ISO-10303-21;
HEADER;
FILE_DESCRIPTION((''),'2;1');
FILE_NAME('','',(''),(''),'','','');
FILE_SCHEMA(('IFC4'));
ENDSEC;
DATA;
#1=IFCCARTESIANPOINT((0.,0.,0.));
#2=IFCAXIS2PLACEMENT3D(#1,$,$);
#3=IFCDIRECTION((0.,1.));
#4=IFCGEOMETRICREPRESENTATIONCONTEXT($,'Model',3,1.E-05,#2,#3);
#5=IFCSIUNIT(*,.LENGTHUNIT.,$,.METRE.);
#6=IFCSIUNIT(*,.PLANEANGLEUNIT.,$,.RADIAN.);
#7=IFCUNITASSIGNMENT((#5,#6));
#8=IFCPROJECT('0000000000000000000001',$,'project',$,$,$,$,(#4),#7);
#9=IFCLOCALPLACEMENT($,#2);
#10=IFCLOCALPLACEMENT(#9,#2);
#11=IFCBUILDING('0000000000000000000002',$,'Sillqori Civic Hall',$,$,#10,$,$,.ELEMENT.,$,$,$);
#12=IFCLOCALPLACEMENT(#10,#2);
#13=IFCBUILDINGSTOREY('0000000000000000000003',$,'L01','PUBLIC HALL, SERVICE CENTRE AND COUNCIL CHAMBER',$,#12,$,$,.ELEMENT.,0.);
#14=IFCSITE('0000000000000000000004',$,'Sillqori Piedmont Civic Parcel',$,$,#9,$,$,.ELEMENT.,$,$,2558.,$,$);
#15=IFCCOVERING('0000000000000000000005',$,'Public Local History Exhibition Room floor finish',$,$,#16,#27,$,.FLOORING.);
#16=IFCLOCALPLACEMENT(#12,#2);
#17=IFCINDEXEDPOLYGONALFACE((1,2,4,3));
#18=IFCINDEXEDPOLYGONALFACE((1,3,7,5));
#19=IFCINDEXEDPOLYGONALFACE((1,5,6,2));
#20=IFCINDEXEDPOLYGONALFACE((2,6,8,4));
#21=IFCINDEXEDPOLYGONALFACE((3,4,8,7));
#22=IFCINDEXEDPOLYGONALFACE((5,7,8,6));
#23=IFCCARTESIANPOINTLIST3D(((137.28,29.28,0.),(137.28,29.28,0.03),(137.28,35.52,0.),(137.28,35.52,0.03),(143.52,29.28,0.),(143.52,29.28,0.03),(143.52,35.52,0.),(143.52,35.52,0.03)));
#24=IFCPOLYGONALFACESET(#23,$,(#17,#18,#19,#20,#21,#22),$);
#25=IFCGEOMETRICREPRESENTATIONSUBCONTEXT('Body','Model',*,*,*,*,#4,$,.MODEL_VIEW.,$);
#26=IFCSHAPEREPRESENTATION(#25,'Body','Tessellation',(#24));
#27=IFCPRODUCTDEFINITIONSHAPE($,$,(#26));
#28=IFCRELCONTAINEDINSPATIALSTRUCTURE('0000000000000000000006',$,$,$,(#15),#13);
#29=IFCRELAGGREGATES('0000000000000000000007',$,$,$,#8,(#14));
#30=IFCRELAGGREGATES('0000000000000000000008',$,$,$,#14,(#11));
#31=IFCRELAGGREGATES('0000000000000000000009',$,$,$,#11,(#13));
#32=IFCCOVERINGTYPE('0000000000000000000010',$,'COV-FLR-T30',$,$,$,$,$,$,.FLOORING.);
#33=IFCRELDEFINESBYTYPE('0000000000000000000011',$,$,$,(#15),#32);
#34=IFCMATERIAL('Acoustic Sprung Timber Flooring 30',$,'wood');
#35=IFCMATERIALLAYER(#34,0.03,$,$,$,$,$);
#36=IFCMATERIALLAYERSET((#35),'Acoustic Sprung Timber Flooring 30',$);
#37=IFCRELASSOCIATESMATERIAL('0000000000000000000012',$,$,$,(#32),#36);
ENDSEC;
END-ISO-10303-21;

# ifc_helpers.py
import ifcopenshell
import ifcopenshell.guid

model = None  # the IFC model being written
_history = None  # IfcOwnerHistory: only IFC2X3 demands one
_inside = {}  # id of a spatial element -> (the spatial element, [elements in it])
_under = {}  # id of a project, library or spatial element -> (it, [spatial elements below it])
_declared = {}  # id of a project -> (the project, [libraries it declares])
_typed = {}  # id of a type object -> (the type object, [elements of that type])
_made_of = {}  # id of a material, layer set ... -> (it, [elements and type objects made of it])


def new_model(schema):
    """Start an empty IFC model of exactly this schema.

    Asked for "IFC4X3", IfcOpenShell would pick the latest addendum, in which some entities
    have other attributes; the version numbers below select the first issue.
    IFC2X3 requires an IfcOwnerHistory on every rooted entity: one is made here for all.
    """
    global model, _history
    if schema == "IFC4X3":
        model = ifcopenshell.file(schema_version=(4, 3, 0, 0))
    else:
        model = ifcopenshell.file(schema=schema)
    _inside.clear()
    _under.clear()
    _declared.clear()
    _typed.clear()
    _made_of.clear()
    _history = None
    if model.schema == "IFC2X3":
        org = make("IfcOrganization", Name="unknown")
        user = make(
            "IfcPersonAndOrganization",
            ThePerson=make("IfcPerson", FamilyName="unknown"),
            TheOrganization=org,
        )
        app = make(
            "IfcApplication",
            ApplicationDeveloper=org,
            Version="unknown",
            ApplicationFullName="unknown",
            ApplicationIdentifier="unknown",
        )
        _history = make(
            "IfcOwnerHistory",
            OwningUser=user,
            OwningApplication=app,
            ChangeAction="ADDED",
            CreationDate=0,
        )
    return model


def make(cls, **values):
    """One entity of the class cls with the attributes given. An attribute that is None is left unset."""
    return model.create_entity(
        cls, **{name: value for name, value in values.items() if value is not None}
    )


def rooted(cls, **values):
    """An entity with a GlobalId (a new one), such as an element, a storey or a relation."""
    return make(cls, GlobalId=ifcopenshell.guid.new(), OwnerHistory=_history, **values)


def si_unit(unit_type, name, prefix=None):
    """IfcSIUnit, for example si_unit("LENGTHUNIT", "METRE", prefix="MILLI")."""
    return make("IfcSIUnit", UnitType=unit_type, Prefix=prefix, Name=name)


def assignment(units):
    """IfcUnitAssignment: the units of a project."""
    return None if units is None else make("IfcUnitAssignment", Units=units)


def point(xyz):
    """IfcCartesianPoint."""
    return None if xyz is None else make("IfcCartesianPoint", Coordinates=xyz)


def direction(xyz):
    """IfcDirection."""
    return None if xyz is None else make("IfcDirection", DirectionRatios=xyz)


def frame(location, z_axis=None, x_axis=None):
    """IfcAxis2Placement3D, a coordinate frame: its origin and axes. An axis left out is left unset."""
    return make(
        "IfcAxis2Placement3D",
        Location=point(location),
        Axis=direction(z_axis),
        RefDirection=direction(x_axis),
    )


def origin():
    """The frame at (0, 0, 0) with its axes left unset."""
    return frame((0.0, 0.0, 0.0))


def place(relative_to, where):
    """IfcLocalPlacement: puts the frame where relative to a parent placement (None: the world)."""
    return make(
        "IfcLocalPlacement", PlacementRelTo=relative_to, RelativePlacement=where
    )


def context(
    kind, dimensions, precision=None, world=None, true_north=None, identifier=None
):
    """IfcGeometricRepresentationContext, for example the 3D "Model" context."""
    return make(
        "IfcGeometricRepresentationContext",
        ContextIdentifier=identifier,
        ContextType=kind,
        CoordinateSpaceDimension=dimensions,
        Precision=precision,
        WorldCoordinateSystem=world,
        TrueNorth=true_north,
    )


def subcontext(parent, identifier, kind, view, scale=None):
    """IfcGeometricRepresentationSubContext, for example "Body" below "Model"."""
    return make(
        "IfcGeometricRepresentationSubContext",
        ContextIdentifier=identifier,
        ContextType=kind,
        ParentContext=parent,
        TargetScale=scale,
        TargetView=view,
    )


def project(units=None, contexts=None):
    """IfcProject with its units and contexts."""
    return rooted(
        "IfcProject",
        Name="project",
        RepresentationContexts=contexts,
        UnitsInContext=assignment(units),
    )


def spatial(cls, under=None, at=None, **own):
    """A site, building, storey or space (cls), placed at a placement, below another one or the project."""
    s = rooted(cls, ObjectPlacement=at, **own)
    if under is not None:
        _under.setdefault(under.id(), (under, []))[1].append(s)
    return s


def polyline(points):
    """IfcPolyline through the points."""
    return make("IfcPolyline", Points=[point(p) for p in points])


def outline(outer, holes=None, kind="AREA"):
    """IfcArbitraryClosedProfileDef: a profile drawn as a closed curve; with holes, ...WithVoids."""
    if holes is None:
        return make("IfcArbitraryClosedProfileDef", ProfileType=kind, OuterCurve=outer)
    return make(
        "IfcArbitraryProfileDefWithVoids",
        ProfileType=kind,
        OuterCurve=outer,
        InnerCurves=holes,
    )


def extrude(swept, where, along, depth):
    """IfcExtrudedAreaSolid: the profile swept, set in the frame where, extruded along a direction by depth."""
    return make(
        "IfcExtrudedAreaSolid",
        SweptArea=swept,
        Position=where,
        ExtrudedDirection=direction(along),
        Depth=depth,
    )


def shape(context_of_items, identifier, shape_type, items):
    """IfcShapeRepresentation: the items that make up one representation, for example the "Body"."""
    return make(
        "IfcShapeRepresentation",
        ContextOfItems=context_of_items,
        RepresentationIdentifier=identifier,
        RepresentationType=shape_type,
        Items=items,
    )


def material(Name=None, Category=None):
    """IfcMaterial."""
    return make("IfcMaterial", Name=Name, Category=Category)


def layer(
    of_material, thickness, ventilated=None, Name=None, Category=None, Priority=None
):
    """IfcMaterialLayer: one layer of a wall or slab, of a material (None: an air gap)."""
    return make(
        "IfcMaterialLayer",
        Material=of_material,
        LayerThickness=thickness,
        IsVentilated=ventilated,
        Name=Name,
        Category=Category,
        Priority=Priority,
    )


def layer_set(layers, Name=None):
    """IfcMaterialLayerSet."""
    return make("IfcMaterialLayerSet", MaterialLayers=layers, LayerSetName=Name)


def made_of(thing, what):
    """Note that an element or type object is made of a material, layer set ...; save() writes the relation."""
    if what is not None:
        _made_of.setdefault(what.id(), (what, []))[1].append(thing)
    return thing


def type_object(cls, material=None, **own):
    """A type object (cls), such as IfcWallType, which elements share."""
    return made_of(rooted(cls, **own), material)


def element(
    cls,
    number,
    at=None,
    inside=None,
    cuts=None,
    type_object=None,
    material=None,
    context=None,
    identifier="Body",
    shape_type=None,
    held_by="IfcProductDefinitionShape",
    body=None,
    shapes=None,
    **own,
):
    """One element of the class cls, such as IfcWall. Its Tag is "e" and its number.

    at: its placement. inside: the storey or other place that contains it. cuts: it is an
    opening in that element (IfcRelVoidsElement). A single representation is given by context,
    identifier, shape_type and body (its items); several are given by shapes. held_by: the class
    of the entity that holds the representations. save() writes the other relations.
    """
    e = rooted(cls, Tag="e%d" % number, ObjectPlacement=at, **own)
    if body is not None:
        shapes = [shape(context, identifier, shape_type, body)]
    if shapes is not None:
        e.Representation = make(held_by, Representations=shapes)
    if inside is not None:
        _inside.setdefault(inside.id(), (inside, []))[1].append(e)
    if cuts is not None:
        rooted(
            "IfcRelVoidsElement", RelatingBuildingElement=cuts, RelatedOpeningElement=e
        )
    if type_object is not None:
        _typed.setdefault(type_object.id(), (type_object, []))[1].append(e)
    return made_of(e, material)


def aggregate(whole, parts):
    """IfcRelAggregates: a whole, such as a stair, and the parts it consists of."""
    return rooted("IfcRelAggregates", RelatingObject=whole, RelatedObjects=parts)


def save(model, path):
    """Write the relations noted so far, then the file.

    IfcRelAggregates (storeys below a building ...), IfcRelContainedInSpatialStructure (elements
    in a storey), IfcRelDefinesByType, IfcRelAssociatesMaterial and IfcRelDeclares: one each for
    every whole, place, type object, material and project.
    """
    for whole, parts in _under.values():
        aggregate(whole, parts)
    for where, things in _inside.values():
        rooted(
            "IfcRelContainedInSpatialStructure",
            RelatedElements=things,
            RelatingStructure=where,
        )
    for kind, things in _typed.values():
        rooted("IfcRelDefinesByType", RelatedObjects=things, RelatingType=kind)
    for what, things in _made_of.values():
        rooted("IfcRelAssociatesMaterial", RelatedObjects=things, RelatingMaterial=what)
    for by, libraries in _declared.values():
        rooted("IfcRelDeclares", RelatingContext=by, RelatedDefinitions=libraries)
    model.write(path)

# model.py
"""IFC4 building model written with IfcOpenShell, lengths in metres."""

from ifc_helpers import new_model, si_unit, direction, origin, place, context, subcontext, project, spatial, polyline, outline, extrude, material, layer, layer_set, type_object, element, save


model = new_model("IFC4")

# Units and contexts
model_context = context("Model", 3, precision=1e-05, world=origin(), true_north=direction((0.0, 1.0)))
body_context = subcontext(model_context, "Body", "Model", "MODEL_VIEW")
ifc_project = project(units=[si_unit("LENGTHUNIT", "METRE"), si_unit("PLANEANGLEUNIT", "RADIAN")], contexts=[model_context])

# Site, building, storey
site_placement = place(None, origin())
site = spatial("IfcSite", under=ifc_project, at=site_placement, Name="Sillqori Piedmont Civic Parcel", CompositionType="ELEMENT", RefElevation=2558.0)
building_placement = place(site_placement, origin())
building = spatial("IfcBuilding", under=site, at=building_placement, Name="Sillqori Civic Hall", CompositionType="ELEMENT")
storey_placement = place(building_placement, origin())
storey = spatial("IfcBuildingStorey", under=building, at=storey_placement, Name="L01", Description="PUBLIC HALL, SERVICE CENTRE AND COUNCIL CHAMBER", CompositionType="ELEMENT", Elevation=0.0)

# Covering
ifc_material_1 = material(Name="Acoustic Sprung Timber Flooring 30", Category="wood")
ifc_layer_1 = layer(ifc_material_1, 0.03)
ifc_layer_set_1 = layer_set([ifc_layer_1], Name="Acoustic Sprung Timber Flooring 30")
covering_type_1 = type_object("IfcCoveringType", Name="COV-FLR-T30", PredefinedType="FLOORING", material=ifc_layer_set_1)
covering_1_placement = place(storey_placement, origin())
element("IfcCovering", 1, at=covering_1_placement, inside=storey, type_object=covering_type_1, Name="Public Local History Exhibition Room floor finish", PredefinedType="FLOORING", context=body_context, shape_type="SweptSolid", body=[
    extrude(outline(polyline([(137.28, 29.28), (143.52, 29.28), (143.52, 35.52), (137.28, 35.52), (137.28, 29.28)])), origin(), (0.0, 0.0, 1.0), 0.03),
])

save(model, "model.ifc")
